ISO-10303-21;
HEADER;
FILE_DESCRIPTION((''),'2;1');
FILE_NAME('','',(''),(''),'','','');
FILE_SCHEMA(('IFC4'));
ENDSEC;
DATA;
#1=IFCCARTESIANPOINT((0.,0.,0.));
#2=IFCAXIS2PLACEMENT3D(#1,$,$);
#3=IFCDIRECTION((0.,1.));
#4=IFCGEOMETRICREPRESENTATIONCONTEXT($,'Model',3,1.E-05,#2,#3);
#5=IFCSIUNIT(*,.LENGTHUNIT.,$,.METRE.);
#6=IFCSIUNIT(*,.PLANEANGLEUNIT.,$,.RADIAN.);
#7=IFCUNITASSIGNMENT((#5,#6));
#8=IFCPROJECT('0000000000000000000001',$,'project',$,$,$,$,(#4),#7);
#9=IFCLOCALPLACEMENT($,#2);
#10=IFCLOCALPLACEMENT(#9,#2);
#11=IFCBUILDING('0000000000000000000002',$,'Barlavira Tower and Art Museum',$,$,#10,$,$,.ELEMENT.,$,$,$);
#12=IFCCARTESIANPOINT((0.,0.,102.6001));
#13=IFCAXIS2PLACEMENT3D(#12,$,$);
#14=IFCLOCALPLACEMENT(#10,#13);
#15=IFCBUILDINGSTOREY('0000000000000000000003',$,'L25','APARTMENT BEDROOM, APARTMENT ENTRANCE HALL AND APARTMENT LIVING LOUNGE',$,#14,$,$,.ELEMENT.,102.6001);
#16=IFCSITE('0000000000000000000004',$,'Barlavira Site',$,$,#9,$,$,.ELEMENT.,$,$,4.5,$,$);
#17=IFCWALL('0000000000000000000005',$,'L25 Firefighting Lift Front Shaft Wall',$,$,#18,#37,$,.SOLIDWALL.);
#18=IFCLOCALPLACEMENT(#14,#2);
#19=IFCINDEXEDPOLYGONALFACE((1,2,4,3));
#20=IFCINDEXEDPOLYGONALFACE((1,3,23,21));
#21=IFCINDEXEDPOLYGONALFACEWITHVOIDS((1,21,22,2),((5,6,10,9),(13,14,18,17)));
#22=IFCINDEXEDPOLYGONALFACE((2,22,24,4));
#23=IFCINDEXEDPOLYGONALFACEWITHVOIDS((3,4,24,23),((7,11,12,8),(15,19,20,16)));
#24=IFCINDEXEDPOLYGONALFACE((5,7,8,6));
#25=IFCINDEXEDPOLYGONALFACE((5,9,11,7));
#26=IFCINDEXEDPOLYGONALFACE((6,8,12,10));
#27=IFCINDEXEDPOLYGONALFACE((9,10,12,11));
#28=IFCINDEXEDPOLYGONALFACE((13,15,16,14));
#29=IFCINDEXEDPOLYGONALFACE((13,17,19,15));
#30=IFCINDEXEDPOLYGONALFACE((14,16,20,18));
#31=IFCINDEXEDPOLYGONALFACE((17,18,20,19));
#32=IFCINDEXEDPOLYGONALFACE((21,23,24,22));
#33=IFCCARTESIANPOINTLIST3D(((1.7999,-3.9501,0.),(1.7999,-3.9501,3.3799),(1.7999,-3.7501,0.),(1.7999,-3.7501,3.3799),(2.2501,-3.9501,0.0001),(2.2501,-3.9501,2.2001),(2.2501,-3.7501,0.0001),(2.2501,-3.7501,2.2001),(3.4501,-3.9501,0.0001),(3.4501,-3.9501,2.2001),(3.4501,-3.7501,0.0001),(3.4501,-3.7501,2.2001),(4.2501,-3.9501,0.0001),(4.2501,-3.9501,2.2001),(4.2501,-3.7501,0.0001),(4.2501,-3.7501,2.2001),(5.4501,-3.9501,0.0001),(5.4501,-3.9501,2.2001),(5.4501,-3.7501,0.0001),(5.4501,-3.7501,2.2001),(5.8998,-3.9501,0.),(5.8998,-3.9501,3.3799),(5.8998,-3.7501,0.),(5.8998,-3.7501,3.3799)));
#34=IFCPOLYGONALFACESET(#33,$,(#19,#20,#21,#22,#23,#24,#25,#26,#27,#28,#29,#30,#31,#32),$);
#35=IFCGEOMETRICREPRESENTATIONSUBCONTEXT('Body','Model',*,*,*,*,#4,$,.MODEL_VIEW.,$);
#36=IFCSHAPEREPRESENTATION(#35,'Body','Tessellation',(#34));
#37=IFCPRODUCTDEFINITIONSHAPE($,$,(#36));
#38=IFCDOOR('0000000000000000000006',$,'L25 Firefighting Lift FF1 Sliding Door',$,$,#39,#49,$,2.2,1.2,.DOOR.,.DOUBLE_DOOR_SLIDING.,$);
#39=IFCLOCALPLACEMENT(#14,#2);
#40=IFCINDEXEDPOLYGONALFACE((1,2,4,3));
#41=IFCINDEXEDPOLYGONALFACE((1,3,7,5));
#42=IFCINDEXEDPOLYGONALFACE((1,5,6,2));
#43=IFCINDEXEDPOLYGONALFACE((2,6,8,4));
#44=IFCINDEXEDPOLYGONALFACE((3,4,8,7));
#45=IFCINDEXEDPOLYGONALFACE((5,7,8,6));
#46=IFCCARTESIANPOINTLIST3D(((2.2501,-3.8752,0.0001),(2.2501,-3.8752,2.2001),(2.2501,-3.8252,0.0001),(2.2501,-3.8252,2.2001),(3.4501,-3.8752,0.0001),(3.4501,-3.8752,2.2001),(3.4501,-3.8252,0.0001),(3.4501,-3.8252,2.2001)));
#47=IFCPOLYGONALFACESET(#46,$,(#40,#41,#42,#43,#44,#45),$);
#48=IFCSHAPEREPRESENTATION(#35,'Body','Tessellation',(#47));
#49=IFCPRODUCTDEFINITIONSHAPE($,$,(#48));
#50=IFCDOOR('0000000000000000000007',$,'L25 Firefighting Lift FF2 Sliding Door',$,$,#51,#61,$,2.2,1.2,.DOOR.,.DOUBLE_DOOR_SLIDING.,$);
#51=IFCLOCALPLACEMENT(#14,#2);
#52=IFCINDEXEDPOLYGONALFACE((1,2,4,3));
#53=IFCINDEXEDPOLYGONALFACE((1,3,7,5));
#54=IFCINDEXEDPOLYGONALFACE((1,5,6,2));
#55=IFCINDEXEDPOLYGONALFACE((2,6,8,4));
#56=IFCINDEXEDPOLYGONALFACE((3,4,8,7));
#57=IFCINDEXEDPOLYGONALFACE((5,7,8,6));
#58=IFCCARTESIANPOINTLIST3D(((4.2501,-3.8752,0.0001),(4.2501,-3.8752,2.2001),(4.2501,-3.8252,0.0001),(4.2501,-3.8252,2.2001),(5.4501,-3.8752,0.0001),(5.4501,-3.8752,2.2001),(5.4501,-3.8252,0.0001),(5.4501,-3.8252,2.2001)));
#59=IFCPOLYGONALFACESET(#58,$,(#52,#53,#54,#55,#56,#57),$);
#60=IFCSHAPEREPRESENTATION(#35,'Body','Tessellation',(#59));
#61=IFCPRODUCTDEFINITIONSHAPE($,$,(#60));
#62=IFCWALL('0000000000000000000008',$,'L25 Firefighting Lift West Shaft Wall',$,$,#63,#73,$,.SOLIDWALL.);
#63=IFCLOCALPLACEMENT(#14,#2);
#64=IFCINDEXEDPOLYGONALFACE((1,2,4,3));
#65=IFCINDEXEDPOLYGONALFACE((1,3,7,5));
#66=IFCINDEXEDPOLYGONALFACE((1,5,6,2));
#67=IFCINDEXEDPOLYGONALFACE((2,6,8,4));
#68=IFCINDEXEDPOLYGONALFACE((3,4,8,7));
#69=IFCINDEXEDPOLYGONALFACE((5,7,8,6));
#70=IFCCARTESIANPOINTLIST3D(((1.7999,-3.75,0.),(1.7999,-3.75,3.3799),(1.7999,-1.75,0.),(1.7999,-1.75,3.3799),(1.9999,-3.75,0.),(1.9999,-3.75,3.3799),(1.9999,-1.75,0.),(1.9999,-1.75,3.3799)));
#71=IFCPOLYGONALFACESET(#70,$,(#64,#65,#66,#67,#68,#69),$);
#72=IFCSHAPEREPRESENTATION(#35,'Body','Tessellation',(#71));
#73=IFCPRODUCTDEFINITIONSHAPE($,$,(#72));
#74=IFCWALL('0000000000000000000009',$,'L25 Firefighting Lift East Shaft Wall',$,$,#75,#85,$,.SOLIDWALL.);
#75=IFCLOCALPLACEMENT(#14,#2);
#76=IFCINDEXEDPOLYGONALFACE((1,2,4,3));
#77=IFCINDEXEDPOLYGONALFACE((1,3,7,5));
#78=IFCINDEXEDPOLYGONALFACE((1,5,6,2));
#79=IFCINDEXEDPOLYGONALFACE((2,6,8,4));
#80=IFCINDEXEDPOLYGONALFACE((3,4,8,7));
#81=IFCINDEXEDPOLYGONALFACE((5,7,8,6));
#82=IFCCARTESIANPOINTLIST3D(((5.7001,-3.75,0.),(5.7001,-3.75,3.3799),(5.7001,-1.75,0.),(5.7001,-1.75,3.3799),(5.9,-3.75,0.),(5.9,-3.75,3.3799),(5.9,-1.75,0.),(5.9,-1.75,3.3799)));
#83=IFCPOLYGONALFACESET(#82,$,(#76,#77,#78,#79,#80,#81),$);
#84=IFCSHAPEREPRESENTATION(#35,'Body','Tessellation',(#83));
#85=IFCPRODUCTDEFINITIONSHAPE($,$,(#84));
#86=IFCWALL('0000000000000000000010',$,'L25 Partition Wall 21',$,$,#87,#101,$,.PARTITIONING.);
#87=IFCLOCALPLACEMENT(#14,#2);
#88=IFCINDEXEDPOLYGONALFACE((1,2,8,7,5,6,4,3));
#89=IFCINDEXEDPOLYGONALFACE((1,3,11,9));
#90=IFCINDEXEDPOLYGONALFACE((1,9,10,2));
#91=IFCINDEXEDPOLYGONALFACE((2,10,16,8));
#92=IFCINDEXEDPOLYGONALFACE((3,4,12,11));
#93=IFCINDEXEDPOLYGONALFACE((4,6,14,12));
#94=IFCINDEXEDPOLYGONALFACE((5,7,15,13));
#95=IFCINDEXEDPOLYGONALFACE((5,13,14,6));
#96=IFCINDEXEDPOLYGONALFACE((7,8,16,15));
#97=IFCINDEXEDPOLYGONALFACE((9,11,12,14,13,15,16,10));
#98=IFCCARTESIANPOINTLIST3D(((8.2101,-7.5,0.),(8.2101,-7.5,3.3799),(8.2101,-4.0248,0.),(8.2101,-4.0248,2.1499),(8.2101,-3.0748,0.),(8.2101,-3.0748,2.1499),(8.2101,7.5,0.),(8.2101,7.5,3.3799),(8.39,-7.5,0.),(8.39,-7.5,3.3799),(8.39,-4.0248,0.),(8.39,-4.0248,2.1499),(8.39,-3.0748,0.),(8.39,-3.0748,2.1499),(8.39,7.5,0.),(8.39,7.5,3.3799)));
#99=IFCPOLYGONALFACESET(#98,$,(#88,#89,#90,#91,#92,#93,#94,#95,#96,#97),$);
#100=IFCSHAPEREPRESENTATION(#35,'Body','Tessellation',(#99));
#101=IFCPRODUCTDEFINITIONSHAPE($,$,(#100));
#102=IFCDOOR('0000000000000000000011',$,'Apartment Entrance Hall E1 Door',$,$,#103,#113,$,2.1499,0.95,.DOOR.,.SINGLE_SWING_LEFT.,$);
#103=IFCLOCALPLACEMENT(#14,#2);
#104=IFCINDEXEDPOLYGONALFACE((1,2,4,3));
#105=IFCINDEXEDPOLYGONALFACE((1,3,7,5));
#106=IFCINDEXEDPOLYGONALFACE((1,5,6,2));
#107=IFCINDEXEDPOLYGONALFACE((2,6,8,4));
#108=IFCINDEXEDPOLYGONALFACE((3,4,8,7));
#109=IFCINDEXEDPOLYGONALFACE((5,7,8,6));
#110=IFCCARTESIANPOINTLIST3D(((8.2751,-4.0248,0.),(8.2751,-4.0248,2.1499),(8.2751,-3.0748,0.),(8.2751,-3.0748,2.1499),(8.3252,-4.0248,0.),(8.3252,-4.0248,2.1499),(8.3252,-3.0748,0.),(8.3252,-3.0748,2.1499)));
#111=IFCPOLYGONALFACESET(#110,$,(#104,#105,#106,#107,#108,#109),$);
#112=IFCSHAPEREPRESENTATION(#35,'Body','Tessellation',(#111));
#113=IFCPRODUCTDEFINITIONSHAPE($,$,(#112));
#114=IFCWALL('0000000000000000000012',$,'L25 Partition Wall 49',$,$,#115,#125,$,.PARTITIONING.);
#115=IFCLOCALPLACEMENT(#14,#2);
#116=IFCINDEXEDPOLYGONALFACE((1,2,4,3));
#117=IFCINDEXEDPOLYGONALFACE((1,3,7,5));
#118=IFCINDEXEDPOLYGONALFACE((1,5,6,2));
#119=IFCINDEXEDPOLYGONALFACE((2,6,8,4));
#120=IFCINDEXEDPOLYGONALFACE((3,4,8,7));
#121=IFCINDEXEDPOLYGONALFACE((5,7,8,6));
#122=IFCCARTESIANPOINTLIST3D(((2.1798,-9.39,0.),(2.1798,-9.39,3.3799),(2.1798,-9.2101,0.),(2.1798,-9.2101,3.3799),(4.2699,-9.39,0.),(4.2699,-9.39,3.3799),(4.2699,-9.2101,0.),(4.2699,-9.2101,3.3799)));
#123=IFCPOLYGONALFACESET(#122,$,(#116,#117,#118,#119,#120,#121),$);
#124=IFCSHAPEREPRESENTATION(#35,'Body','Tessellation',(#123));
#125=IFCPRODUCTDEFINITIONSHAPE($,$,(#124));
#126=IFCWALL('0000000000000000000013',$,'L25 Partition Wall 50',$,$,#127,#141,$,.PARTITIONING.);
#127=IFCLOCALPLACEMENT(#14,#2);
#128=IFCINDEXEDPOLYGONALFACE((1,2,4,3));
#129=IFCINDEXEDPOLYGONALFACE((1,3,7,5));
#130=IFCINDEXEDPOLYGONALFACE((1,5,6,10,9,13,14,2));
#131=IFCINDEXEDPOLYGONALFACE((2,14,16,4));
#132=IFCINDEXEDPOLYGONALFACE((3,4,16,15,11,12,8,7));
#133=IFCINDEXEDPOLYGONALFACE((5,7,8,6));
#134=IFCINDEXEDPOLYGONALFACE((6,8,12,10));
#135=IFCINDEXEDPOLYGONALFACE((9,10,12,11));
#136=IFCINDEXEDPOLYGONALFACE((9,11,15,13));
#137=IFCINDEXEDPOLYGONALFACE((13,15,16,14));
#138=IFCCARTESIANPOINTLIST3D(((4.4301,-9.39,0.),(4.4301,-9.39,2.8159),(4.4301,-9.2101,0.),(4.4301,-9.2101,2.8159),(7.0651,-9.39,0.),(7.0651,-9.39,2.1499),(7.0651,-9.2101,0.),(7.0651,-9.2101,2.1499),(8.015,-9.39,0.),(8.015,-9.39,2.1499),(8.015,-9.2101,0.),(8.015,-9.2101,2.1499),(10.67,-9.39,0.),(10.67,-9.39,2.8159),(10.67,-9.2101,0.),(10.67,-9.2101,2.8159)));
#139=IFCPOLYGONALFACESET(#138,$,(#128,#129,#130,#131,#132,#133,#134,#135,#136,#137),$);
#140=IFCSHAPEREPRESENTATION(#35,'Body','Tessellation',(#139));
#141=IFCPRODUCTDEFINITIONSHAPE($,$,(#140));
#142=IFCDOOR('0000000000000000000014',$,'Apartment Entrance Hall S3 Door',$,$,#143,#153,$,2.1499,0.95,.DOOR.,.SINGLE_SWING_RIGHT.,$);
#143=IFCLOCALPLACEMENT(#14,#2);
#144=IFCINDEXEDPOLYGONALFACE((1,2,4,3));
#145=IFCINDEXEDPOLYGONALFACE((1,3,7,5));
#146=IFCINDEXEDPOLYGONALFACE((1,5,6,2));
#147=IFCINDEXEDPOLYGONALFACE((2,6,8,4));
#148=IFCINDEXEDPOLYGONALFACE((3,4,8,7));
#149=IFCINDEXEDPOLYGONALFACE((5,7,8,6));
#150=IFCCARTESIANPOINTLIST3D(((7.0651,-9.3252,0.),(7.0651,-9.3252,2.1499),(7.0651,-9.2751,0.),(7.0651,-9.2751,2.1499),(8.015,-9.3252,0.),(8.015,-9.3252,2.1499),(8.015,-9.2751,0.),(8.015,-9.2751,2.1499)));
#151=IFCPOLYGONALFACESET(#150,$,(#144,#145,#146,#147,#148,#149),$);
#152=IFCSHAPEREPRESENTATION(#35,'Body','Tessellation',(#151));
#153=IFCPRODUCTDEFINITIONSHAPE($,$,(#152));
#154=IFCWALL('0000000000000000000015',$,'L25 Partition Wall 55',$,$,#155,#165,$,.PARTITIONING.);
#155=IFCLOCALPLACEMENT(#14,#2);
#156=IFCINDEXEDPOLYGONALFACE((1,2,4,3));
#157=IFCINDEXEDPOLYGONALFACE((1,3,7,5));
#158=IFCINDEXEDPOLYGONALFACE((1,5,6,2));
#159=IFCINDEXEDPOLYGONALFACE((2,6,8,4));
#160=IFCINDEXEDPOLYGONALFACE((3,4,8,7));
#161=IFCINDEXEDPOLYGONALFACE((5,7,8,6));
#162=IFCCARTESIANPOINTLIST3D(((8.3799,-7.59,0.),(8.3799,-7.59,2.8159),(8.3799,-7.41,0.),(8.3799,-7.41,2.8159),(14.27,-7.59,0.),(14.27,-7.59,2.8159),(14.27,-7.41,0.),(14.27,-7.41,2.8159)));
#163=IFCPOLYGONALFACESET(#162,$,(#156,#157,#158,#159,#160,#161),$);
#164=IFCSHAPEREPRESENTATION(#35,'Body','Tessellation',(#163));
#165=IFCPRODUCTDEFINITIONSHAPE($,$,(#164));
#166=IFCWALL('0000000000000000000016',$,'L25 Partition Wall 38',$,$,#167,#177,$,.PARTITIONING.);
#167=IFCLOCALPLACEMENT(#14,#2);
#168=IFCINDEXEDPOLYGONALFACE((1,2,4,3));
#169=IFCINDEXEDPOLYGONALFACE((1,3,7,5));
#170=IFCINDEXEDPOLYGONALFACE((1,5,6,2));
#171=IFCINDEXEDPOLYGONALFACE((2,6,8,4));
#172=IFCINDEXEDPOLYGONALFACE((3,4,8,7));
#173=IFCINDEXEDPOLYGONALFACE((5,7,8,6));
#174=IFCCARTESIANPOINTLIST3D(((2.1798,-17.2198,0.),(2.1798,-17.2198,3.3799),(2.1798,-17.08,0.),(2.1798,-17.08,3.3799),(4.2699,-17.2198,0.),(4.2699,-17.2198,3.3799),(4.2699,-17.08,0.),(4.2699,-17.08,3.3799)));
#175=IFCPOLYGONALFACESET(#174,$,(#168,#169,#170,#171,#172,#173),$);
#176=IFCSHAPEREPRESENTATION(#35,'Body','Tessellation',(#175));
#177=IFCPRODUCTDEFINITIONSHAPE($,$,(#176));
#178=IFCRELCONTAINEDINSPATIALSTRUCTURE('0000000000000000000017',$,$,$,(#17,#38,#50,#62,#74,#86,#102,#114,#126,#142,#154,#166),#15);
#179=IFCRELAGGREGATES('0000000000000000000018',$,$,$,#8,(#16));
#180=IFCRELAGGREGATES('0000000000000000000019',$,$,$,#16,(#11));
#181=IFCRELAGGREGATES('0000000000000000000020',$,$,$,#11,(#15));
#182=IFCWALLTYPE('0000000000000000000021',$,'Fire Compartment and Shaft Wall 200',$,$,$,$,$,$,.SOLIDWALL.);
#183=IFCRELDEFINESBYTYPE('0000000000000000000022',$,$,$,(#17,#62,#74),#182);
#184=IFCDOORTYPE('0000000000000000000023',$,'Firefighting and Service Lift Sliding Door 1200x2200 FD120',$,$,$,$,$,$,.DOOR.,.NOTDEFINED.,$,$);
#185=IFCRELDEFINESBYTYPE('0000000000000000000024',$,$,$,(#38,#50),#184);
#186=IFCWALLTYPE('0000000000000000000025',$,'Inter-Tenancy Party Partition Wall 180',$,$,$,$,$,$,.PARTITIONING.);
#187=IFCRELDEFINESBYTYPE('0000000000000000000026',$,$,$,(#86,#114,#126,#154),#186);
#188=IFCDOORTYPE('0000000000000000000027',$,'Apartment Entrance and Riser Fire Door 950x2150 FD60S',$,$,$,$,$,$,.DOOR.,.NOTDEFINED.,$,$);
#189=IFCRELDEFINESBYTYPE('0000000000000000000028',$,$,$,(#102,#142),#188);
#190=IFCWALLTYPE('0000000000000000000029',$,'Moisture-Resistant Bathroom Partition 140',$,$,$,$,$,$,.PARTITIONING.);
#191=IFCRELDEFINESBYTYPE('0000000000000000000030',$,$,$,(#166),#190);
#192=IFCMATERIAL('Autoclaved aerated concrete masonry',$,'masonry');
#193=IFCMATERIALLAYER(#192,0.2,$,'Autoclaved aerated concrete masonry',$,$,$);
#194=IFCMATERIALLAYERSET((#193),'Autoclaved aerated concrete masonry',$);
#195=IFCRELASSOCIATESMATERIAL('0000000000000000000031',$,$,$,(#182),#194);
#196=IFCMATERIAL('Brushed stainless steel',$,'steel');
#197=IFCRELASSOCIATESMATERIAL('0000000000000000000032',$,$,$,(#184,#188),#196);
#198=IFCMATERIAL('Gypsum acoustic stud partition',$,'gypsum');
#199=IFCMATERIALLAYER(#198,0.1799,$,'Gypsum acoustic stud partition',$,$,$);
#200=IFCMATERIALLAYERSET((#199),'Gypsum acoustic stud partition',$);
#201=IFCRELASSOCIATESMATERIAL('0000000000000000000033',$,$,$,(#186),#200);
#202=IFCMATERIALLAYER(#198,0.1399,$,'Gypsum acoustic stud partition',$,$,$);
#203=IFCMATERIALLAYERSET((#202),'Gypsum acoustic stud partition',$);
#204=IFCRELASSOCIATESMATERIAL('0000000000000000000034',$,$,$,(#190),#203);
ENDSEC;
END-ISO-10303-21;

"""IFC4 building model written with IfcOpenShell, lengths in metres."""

from ifc_helpers import new_model, si_unit, direction, frame, frame_2d, origin, place, context, subcontext, project, spatial, rectangle, extrude, material, layer, layer_set, type_object, element, fill, save


model = new_model("IFC4")

# Units and contexts
model_context = context("Model", 3, precision=1e-05, world=origin(), true_north=direction((0.0, 1.0)))
body_context = subcontext(model_context, "Body", "Model", "MODEL_VIEW")
ifc_project = project(units=[si_unit("LENGTHUNIT", "METRE"), si_unit("PLANEANGLEUNIT", "RADIAN")], contexts=[model_context])

# Site, building, storey
site_placement = place(None, origin())
site = spatial("IfcSite", under=ifc_project, at=site_placement, Name="Barlavira Site", CompositionType="ELEMENT", RefElevation=4.5)
building_placement = place(site_placement, origin())
building = spatial("IfcBuilding", under=site, at=building_placement, Name="Barlavira Tower and Art Museum", CompositionType="ELEMENT")
storey_placement = place(building_placement, frame((0.0, 0.0, 102.6001)))
storey = spatial("IfcBuildingStorey", under=building, at=storey_placement, Name="L25", Description="APARTMENT BEDROOM, APARTMENT ENTRANCE HALL AND APARTMENT LIVING LOUNGE", CompositionType="ELEMENT", Elevation=102.6001)

# Shared definitions
ifc_material_1 = material(Name="Gypsum acoustic stud partition", Category="gypsum")

# Shared definitions
ifc_material_2 = material(Name="Brushed stainless steel", Category="steel")

# Wall, openings, doors
ifc_material_3 = material(Name="Autoclaved aerated concrete masonry", Category="masonry")
ifc_layer_1 = layer(ifc_material_3, 0.2, Name="Autoclaved aerated concrete masonry")
ifc_layer_set_1 = layer_set([ifc_layer_1], Name="Autoclaved aerated concrete masonry")
wall_type_1 = type_object("IfcWallType", Name="Fire Compartment and Shaft Wall 200", PredefinedType="SOLIDWALL", material=ifc_layer_set_1)
wall_1_placement = place(storey_placement, frame((1.8, -3.8501, 0.0), z_axis=(0.0, 0.0, 1.0), x_axis=(1.0, 0.0, 0.0)))
wall_1 = element("IfcWall", 1, at=wall_1_placement, inside=storey, type_object=wall_type_1, Name="L25 Firefighting Lift Front Shaft Wall", PredefinedType="SOLIDWALL", context=body_context, shape_type="SweptSolid", body=[
    extrude(rectangle(XDim=4.0999, YDim=0.2, at=frame_2d((2.0498, 0.0))), origin(), (0.0, 0.0, 1.0), 3.3799),
])
opening_1_placement = place(wall_1_placement, frame((0.45, 0.0, 0.0)))
opening_1 = element("IfcOpeningElement", 2, at=opening_1_placement, cuts=wall_1, PredefinedType="OPENING", context=body_context, shape_type="SweptSolid", body=[
    extrude(rectangle(XDim=1.2, YDim=2.2, at=frame_2d((0.6001, 1.1001))), frame((0.0, 0.1099, 0.0), z_axis=(0.0, -1.0, 0.0), x_axis=(1.0, 0.0, 0.0)), (0.0, 0.0, 1.0), 0.22),
])
opening_2_placement = place(wall_1_placement, frame((2.45, 0.0, 0.0)))
opening_2 = element("IfcOpeningElement", 3, at=opening_2_placement, cuts=wall_1, PredefinedType="OPENING", context=body_context, shape_type="SweptSolid", body=[
    extrude(rectangle(XDim=1.2, YDim=2.2, at=frame_2d((0.6001, 1.1001))), frame((0.0, 0.1099, 0.0), z_axis=(0.0, -1.0, 0.0), x_axis=(1.0, 0.0, 0.0)), (0.0, 0.0, 1.0), 0.22),
])
door_type_1 = type_object("IfcDoorType", Name="Firefighting and Service Lift Sliding Door 1200x2200 FD120", OperationType="NOTDEFINED", PredefinedType="DOOR", material=ifc_material_2)
door_1_placement = place(opening_1_placement, origin())
door_1 = element("IfcDoor", 4, at=door_1_placement, inside=storey, type_object=door_type_1, Name="L25 Firefighting Lift FF1 Sliding Door", OperationType="DOUBLE_DOOR_SLIDING", OverallHeight=2.2, OverallWidth=1.2, PredefinedType="DOOR", context=body_context, shape_type="SweptSolid", body=[
    extrude(rectangle(XDim=1.2, YDim=2.2, at=frame_2d((0.6001, 1.1001))), frame((0.0, 0.0249, 0.0), z_axis=(0.0, -1.0, 0.0), x_axis=(1.0, 0.0, 0.0)), (0.0, 0.0, 1.0), 0.05),
])
fill(opening_1, door_1)
door_2_placement = place(opening_2_placement, origin())
door_2 = element("IfcDoor", 5, at=door_2_placement, inside=storey, type_object=door_type_1, Name="L25 Firefighting Lift FF2 Sliding Door", OperationType="DOUBLE_DOOR_SLIDING", OverallHeight=2.2, OverallWidth=1.2, PredefinedType="DOOR", context=body_context, shape_type="SweptSolid", body=[
    extrude(rectangle(XDim=1.2, YDim=2.2, at=frame_2d((0.6001, 1.1001))), frame((0.0, 0.0249, 0.0), z_axis=(0.0, -1.0, 0.0), x_axis=(1.0, 0.0, 0.0)), (0.0, 0.0, 1.0), 0.05),
])
fill(opening_2, door_2)

# Walls
for number, where, z_axis, x_axis, name in (
    (6, (1.8999, -3.75, 0.0), (0.0, 0.0, 1.0), (0.0, 1.0, 0.0), "L25 Firefighting Lift West Shaft Wall"),
    (7, (5.8, -3.75, 0.0), (0.0, 0.0, 1.0), (0.0, 1.0, 0.0), "L25 Firefighting Lift East Shaft Wall"),
):
    element("IfcWall", number, at=place(storey_placement, frame(where, z_axis=z_axis, x_axis=x_axis)), inside=storey, type_object=wall_type_1, Name=name, PredefinedType="SOLIDWALL", context=body_context, shape_type="SweptSolid", body=[
        extrude(rectangle(XDim=2.0, YDim=0.2, at=frame_2d((1.0, 0.0))), origin(), (0.0, 0.0, 1.0), 3.3799),
    ])

# Wall, opening, door
ifc_layer_2 = layer(ifc_material_1, 0.1799, Name="Gypsum acoustic stud partition")
ifc_layer_set_2 = layer_set([ifc_layer_2], Name="Gypsum acoustic stud partition")
wall_type_2 = type_object("IfcWallType", Name="Inter-Tenancy Party Partition Wall 180", PredefinedType="PARTITIONING", material=ifc_layer_set_2)
wall_2_placement = place(storey_placement, frame((8.3, -7.5, 0.0), z_axis=(0.0, 0.0, 1.0), x_axis=(0.0, 1.0, 0.0)))
wall_2 = element("IfcWall", 8, at=wall_2_placement, inside=storey, type_object=wall_type_2, Name="L25 Partition Wall 21", PredefinedType="PARTITIONING", context=body_context, shape_type="SweptSolid", body=[
    extrude(rectangle(XDim=15.0, YDim=0.1799, at=frame_2d((7.5, 0.0))), origin(), (0.0, 0.0, 1.0), 3.3799),
])
opening_3_placement = place(wall_2_placement, frame((3.4751, 0.0, 0.0)))
opening_3 = element("IfcOpeningElement", 9, at=opening_3_placement, cuts=wall_2, PredefinedType="OPENING", context=body_context, shape_type="SweptSolid", body=[
    extrude(rectangle(XDim=0.95, YDim=2.1499, at=frame_2d((0.4751, 1.075))), frame((0.0, 0.1001, 0.0), z_axis=(0.0, -1.0, 0.0), x_axis=(1.0, 0.0, 0.0)), (0.0, 0.0, 1.0), 0.2),
])
door_type_2 = type_object("IfcDoorType", Name="Apartment Entrance and Riser Fire Door 950x2150 FD60S", OperationType="NOTDEFINED", PredefinedType="DOOR", material=ifc_material_2)
door_3_placement = place(opening_3_placement, origin())
door_3 = element("IfcDoor", 10, at=door_3_placement, inside=storey, type_object=door_type_2, Name="Apartment Entrance Hall E1 Door", OperationType="SINGLE_SWING_LEFT", OverallHeight=2.1499, OverallWidth=0.95, PredefinedType="DOOR", context=body_context, shape_type="SweptSolid", body=[
    extrude(rectangle(XDim=0.95, YDim=2.1499, at=frame_2d((0.4751, 1.075))), frame((0.0, 0.0249, 0.0), z_axis=(0.0, -1.0, 0.0), x_axis=(1.0, 0.0, 0.0)), (0.0, 0.0, 1.0), 0.05),
])
fill(opening_3, door_3)

# Wall
wall_3_placement = place(storey_placement, frame((2.1799, -9.3, 0.0), z_axis=(0.0, 0.0, 1.0), x_axis=(1.0, 0.0, 0.0)))
element("IfcWall", 11, at=wall_3_placement, inside=storey, type_object=wall_type_2, Name="L25 Partition Wall 49", PredefinedType="PARTITIONING", context=body_context, shape_type="SweptSolid", body=[
    extrude(rectangle(XDim=2.0901, YDim=0.1799, at=frame_2d((1.0449, 0.0))), origin(), (0.0, 0.0, 1.0), 3.3799),
])

# Wall, opening, door
wall_4_placement = place(storey_placement, frame((4.4299, -9.3, 0.0), z_axis=(0.0, 0.0, 1.0), x_axis=(1.0, 0.0, 0.0)))
wall_4 = element("IfcWall", 12, at=wall_4_placement, inside=storey, type_object=wall_type_2, Name="L25 Partition Wall 50", PredefinedType="PARTITIONING", context=body_context, shape_type="SweptSolid", body=[
    extrude(rectangle(XDim=6.24, YDim=0.1799, at=frame_2d((3.1201, 0.0))), origin(), (0.0, 0.0, 1.0), 2.8159),
])
opening_4_placement = place(wall_4_placement, frame((2.635, 0.0, 0.0)))
opening_4 = element("IfcOpeningElement", 13, at=opening_4_placement, cuts=wall_4, PredefinedType="OPENING", context=body_context, shape_type="SweptSolid", body=[
    extrude(rectangle(XDim=0.95, YDim=2.1499, at=frame_2d((0.4751, 1.075))), frame((0.0, 0.1001, 0.0), z_axis=(0.0, -1.0, 0.0), x_axis=(1.0, 0.0, 0.0)), (0.0, 0.0, 1.0), 0.2),
])
door_4_placement = place(opening_4_placement, origin())
door_4 = element("IfcDoor", 14, at=door_4_placement, inside=storey, type_object=door_type_2, Name="Apartment Entrance Hall S3 Door", OperationType="SINGLE_SWING_RIGHT", OverallHeight=2.1499, OverallWidth=0.95, PredefinedType="DOOR", context=body_context, shape_type="SweptSolid", body=[
    extrude(rectangle(XDim=0.95, YDim=2.1499, at=frame_2d((0.4751, 1.075))), frame((0.0, 0.0249, 0.0), z_axis=(0.0, -1.0, 0.0), x_axis=(1.0, 0.0, 0.0)), (0.0, 0.0, 1.0), 0.05),
])
fill(opening_4, door_4)

# Walls
wall_5_placement = place(storey_placement, frame((8.3799, -7.5, 0.0), z_axis=(0.0, 0.0, 1.0), x_axis=(1.0, 0.0, 0.0)))
element("IfcWall", 15, at=wall_5_placement, inside=storey, type_object=wall_type_2, Name="L25 Partition Wall 55", PredefinedType="PARTITIONING", context=body_context, shape_type="SweptSolid", body=[
    extrude(rectangle(XDim=5.8901, YDim=0.1799, at=frame_2d((2.9451, 0.0))), origin(), (0.0, 0.0, 1.0), 2.8159),
])
ifc_layer_3 = layer(ifc_material_1, 0.1399, Name="Gypsum acoustic stud partition")
ifc_layer_set_3 = layer_set([ifc_layer_3], Name="Gypsum acoustic stud partition")
wall_type_3 = type_object("IfcWallType", Name="Moisture-Resistant Bathroom Partition 140", PredefinedType="PARTITIONING", material=ifc_layer_set_3)
wall_6_placement = place(storey_placement, frame((2.1799, -17.1499, 0.0), z_axis=(0.0, 0.0, 1.0), x_axis=(1.0, 0.0, 0.0)))
element("IfcWall", 16, at=wall_6_placement, inside=storey, type_object=wall_type_3, Name="L25 Partition Wall 38", PredefinedType="PARTITIONING", context=body_context, shape_type="SweptSolid", body=[
    extrude(rectangle(XDim=2.0901, YDim=0.1399, at=frame_2d((1.0449, 0.0))), origin(), (0.0, 0.0, 1.0), 3.3799),
])

save(model, "model.ifc")
